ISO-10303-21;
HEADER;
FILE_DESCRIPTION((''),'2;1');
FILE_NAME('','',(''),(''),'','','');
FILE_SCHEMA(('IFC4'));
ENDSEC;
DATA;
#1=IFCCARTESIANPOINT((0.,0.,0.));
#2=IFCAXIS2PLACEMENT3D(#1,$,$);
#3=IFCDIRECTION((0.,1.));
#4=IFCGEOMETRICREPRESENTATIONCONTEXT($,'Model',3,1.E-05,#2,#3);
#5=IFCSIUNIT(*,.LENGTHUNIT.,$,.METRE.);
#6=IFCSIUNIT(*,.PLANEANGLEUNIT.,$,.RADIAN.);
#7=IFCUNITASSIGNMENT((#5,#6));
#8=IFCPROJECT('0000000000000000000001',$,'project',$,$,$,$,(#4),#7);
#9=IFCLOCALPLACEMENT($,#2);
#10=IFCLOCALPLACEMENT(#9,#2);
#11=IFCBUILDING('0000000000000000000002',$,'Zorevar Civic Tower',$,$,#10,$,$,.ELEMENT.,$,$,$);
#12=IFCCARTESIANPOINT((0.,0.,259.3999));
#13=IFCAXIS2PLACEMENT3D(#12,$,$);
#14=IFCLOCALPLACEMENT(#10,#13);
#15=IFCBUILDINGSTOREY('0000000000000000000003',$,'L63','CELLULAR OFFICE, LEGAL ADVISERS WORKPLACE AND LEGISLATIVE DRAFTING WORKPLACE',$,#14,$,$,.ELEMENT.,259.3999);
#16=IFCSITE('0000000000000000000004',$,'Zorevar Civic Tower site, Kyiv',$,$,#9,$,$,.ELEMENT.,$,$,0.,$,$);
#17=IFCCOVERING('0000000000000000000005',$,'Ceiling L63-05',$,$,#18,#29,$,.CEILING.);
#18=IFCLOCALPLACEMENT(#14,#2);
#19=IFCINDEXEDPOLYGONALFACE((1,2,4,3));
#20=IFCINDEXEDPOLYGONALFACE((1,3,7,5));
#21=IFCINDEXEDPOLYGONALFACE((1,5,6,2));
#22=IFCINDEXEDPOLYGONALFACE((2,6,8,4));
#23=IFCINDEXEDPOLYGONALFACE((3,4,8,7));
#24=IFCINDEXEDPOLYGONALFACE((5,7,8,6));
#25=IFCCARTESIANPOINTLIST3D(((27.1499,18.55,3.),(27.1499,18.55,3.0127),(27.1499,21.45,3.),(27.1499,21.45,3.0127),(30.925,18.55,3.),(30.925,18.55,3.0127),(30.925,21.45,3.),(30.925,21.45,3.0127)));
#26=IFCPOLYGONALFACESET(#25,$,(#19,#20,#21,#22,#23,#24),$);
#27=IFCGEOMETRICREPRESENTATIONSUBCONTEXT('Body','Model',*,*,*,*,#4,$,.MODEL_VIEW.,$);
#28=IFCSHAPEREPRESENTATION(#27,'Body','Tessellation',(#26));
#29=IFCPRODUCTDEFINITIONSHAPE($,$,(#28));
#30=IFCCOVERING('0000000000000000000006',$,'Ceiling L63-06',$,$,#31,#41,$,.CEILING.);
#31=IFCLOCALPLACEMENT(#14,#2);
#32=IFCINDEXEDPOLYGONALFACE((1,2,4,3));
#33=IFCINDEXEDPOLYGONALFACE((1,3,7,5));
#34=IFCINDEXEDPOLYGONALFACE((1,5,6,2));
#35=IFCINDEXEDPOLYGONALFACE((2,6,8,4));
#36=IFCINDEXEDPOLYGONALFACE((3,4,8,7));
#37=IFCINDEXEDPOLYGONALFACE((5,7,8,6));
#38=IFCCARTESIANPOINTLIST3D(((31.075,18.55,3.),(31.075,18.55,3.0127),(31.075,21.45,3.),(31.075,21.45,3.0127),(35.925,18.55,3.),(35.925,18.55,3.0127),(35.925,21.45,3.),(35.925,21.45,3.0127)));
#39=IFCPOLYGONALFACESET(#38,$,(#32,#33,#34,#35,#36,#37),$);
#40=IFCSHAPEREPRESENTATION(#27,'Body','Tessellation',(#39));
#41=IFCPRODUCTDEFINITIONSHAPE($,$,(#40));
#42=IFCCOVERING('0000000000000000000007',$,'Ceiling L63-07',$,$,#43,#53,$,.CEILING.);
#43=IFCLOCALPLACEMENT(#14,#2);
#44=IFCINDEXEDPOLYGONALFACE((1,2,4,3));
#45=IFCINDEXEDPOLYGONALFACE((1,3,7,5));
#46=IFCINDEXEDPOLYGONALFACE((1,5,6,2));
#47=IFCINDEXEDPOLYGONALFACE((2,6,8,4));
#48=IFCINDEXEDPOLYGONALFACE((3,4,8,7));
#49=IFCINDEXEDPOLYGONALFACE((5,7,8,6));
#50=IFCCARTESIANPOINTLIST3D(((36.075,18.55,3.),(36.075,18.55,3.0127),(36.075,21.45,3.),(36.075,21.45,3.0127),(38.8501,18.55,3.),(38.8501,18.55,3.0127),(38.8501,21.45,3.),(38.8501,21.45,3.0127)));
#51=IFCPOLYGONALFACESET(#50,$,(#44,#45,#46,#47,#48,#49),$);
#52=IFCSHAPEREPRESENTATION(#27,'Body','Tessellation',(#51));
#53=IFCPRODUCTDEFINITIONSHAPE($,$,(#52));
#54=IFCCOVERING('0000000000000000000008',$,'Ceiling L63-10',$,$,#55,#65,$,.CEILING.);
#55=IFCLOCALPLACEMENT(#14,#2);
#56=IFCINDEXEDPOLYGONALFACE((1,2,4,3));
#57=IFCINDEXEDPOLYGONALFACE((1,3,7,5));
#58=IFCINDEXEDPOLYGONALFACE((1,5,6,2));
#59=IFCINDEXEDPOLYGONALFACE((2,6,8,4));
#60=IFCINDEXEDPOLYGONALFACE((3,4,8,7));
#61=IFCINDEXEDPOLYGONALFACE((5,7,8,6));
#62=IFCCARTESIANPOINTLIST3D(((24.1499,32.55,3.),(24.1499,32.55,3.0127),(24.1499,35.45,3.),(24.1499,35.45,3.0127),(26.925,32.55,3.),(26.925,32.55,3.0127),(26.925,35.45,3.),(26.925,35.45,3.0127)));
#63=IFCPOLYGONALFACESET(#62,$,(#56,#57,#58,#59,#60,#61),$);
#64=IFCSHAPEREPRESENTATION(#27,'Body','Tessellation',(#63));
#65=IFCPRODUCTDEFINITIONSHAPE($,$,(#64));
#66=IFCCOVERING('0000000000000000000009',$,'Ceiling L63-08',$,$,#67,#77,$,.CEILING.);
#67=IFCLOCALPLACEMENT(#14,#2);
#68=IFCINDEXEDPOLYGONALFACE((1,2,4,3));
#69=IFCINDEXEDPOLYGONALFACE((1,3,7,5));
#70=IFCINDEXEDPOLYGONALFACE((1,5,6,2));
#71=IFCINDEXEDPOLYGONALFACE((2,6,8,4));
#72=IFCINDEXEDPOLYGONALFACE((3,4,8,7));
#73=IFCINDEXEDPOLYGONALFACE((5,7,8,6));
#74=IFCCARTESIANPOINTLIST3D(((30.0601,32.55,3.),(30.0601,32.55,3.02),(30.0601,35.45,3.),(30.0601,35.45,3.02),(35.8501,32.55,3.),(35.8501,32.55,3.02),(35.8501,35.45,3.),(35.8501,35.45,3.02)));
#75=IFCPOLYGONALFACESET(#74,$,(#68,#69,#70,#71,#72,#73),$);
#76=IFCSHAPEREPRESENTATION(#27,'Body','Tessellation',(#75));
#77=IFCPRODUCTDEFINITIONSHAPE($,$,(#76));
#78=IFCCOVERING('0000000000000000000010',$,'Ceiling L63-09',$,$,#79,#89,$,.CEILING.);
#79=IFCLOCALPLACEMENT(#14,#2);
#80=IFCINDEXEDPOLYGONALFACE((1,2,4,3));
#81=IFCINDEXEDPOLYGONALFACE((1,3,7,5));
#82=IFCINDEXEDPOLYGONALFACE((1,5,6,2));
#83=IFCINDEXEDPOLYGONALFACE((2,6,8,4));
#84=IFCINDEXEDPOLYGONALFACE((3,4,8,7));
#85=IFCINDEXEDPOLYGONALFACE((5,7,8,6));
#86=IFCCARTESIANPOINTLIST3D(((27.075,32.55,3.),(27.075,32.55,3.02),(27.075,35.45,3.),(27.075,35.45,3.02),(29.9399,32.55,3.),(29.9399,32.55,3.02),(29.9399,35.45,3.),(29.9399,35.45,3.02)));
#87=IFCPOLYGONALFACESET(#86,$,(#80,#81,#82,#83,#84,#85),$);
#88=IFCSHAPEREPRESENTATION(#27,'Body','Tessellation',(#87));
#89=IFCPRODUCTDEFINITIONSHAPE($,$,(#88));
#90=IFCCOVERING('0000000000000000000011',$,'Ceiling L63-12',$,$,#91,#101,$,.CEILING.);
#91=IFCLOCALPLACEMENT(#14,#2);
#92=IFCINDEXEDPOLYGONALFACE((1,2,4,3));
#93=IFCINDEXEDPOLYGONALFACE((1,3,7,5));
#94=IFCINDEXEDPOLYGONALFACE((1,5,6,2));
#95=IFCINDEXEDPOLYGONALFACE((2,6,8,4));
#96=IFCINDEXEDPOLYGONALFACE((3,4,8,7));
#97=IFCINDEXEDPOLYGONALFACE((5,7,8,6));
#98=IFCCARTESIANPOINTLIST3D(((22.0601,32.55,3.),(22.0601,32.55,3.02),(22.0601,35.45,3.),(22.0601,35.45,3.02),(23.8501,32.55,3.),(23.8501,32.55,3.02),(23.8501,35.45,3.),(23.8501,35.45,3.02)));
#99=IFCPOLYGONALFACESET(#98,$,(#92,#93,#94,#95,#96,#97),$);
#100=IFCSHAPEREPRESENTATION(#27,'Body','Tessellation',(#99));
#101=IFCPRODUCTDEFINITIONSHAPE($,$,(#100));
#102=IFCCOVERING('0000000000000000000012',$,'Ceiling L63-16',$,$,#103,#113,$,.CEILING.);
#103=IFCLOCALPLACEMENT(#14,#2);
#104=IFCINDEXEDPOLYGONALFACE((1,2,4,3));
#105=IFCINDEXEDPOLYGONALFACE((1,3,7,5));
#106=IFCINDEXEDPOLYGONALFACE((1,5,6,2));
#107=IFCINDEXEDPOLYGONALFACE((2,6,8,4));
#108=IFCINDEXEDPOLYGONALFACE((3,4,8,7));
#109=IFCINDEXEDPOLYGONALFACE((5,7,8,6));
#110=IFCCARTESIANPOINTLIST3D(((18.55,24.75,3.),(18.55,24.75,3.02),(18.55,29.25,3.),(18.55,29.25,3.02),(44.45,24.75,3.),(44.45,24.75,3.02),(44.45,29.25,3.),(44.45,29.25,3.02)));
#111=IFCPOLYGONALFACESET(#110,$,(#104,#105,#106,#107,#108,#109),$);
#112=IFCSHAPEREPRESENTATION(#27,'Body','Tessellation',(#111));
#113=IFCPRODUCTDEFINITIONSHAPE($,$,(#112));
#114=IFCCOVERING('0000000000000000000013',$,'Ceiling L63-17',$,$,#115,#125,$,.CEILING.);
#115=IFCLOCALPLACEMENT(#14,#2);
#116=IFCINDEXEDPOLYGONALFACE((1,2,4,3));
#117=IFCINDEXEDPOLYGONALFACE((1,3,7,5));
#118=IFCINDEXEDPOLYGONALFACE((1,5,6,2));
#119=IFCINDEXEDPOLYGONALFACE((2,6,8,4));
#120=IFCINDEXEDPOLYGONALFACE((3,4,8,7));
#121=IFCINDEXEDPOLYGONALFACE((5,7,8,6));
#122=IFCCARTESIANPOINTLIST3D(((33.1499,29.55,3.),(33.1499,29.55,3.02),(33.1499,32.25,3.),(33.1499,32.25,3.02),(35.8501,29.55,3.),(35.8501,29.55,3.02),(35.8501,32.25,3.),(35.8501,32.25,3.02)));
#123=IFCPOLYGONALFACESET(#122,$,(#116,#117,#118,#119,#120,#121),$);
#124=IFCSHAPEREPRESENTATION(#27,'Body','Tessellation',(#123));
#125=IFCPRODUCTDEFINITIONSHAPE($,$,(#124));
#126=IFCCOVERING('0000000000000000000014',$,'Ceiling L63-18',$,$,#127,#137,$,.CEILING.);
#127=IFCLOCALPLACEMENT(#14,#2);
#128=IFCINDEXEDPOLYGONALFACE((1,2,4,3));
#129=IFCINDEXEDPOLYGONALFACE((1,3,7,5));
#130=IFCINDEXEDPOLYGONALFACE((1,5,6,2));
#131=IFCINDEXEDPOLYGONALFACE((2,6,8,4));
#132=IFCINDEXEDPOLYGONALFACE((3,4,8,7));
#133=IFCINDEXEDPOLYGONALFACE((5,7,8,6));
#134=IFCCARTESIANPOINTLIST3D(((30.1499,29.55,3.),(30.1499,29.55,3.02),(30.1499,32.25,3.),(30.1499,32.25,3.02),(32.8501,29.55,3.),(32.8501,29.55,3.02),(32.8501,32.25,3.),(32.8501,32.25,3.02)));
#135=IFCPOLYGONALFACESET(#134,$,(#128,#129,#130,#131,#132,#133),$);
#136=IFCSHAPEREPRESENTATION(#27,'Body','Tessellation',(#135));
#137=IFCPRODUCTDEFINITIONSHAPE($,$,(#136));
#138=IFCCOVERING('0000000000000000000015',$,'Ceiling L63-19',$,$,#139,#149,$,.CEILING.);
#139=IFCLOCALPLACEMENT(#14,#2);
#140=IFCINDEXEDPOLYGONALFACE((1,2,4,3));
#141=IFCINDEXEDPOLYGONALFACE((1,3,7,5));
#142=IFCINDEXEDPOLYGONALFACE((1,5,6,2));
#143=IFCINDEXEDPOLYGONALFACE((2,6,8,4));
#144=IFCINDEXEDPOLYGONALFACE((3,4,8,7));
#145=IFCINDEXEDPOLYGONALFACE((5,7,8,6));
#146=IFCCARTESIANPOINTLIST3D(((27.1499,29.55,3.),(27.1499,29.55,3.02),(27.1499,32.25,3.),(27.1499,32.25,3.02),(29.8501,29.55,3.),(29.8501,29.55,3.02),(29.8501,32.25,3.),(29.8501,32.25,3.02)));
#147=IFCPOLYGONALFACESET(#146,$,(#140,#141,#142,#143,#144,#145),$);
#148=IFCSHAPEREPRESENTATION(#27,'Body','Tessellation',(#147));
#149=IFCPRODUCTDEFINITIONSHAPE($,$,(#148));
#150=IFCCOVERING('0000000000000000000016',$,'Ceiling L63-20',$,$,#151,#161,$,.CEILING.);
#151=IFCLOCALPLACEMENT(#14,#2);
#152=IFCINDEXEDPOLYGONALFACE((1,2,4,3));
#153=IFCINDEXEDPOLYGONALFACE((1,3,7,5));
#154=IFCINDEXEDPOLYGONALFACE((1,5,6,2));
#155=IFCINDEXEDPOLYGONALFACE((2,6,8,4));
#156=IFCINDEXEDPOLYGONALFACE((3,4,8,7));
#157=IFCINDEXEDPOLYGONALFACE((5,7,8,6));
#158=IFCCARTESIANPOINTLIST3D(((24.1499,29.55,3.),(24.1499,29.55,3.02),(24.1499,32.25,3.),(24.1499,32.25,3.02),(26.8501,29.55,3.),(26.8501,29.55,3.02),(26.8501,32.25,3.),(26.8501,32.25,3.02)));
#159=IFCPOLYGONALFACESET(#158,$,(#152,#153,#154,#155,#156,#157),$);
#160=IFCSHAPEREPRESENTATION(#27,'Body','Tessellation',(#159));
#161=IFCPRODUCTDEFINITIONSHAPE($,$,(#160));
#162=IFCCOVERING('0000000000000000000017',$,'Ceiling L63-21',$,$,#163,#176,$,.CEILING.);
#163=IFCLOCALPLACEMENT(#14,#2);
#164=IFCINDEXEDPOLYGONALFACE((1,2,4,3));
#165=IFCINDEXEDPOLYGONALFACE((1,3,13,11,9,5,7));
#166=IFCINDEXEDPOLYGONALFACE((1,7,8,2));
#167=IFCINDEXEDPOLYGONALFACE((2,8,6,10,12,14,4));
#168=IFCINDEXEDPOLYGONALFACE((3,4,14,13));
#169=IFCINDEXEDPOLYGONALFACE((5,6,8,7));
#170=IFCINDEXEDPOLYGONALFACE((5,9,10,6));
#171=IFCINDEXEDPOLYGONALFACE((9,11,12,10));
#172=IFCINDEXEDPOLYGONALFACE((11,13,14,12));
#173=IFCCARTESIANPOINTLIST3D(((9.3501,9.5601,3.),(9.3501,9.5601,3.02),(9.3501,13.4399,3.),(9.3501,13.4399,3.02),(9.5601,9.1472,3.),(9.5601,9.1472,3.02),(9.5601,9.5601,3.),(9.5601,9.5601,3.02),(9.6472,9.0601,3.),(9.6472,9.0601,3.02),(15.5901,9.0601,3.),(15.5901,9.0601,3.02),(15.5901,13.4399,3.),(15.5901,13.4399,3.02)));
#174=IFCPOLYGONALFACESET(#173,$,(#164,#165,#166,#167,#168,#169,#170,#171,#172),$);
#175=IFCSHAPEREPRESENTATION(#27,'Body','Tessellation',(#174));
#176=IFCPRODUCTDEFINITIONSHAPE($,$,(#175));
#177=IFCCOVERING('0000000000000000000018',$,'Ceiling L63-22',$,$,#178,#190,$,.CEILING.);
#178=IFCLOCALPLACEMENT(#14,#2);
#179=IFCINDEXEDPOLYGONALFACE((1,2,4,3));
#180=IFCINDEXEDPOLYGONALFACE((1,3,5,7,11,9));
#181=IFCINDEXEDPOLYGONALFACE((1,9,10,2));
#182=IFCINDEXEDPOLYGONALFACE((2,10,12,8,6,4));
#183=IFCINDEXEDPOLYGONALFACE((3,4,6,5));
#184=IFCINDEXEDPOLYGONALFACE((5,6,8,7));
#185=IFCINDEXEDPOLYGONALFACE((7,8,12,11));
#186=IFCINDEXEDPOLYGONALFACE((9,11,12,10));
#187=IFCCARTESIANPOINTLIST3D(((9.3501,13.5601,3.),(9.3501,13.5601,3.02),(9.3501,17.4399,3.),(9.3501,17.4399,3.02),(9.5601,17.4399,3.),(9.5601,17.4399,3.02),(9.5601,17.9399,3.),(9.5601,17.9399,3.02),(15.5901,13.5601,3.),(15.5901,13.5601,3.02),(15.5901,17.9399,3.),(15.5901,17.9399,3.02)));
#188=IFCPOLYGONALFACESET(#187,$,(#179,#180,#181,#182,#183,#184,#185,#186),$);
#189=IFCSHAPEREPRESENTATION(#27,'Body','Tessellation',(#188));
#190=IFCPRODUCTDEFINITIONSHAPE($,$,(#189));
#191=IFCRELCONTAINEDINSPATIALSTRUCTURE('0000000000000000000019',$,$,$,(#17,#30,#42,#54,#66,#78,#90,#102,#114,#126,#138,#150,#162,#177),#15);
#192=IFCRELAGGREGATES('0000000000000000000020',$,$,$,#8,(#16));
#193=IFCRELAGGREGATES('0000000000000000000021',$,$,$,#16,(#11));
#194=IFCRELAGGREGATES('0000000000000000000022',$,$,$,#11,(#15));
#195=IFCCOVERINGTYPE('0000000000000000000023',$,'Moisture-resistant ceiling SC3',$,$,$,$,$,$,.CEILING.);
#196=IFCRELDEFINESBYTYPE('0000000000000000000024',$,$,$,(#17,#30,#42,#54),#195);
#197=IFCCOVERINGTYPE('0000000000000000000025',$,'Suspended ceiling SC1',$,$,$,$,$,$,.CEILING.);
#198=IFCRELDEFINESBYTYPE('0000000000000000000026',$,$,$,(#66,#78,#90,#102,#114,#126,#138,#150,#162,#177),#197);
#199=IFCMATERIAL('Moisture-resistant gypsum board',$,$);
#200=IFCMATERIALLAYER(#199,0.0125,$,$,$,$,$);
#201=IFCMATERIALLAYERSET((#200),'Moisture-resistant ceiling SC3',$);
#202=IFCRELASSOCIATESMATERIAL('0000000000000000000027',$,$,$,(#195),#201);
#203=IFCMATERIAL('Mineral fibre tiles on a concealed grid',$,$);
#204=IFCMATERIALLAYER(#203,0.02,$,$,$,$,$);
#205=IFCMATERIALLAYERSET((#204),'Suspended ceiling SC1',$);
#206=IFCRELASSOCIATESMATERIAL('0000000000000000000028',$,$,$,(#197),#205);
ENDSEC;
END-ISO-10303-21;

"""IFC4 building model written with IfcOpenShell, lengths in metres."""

from ifc_helpers import new_model, si_unit, direction, frame, origin, place, context, subcontext, project, spatial, polyline, outline, extrude, material, layer, layer_set, type_object, element, save


model = new_model("IFC4")

# Units and contexts
model_context = context("Model", 3, precision=1e-05, world=origin(), true_north=direction((0.0, 1.0)))
body_context = subcontext(model_context, "Body", "Model", "MODEL_VIEW")
ifc_project = project(units=[si_unit("LENGTHUNIT", "METRE"), si_unit("PLANEANGLEUNIT", "RADIAN")], contexts=[model_context])

# Site, building, storey
site_placement = place(None, origin())
site = spatial("IfcSite", under=ifc_project, at=site_placement, Name="Zorevar Civic Tower site, Kyiv", CompositionType="ELEMENT", RefElevation=0.0)
building_placement = place(site_placement, origin())
building = spatial("IfcBuilding", under=site, at=building_placement, Name="Zorevar Civic Tower", CompositionType="ELEMENT")
storey_placement = place(building_placement, frame((0.0, 0.0, 259.3999)))
storey = spatial("IfcBuildingStorey", under=building, at=storey_placement, Name="L63", Description="CELLULAR OFFICE, LEGAL ADVISERS WORKPLACE AND LEGISLATIVE DRAFTING WORKPLACE", CompositionType="ELEMENT", Elevation=259.3999)

# Coverings
ifc_material_1 = material(Name="Moisture-resistant gypsum board")
ifc_layer_1 = layer(ifc_material_1, 0.0125)
ifc_layer_set_1 = layer_set([ifc_layer_1], Name="Moisture-resistant ceiling SC3")
covering_type_1 = type_object("IfcCoveringType", Name="Moisture-resistant ceiling SC3", PredefinedType="CEILING", material=ifc_layer_set_1)
covering_1_placement = place(storey_placement, frame((0.0, 0.0, 3.0)))
element("IfcCovering", 1, at=covering_1_placement, inside=storey, type_object=covering_type_1, Name="Ceiling L63-05", PredefinedType="CEILING", context=body_context, shape_type="SweptSolid", body=[
    extrude(outline(polyline([(30.925, 18.55), (30.925, 21.45), (27.1499, 21.45), (27.1499, 18.55), (30.925, 18.55)])), origin(), (0.0, 0.0, 1.0), 0.0127),
])
covering_2_placement = place(storey_placement, frame((0.0, 0.0, 3.0)))
element("IfcCovering", 2, at=covering_2_placement, inside=storey, type_object=covering_type_1, Name="Ceiling L63-06", PredefinedType="CEILING", context=body_context, shape_type="SweptSolid", body=[
    extrude(outline(polyline([(35.925, 18.55), (35.925, 21.45), (31.075, 21.45), (31.075, 18.55), (35.925, 18.55)])), origin(), (0.0, 0.0, 1.0), 0.0127),
])
covering_3_placement = place(storey_placement, frame((0.0, 0.0, 3.0)))
element("IfcCovering", 3, at=covering_3_placement, inside=storey, type_object=covering_type_1, Name="Ceiling L63-07", PredefinedType="CEILING", context=body_context, shape_type="SweptSolid", body=[
    extrude(outline(polyline([(38.8501, 18.55), (38.8501, 21.45), (36.075, 21.45), (36.075, 18.55), (38.8501, 18.55)])), origin(), (0.0, 0.0, 1.0), 0.0127),
])
covering_4_placement = place(storey_placement, frame((0.0, 0.0, 3.0)))
element("IfcCovering", 4, at=covering_4_placement, inside=storey, type_object=covering_type_1, Name="Ceiling L63-10", PredefinedType="CEILING", context=body_context, shape_type="SweptSolid", body=[
    extrude(outline(polyline([(26.925, 32.55), (26.925, 35.45), (24.1499, 35.45), (24.1499, 32.55), (26.925, 32.55)])), origin(), (0.0, 0.0, 1.0), 0.0127),
])
ifc_material_2 = material(Name="Mineral fibre tiles on a concealed grid")
ifc_layer_2 = layer(ifc_material_2, 0.02)
ifc_layer_set_2 = layer_set([ifc_layer_2], Name="Suspended ceiling SC1")
covering_type_2 = type_object("IfcCoveringType", Name="Suspended ceiling SC1", PredefinedType="CEILING", material=ifc_layer_set_2)
covering_5_placement = place(storey_placement, frame((0.0, 0.0, 3.0)))
element("IfcCovering", 5, at=covering_5_placement, inside=storey, type_object=covering_type_2, Name="Ceiling L63-08", PredefinedType="CEILING", context=body_context, shape_type="SweptSolid", body=[
    extrude(outline(polyline([(35.8501, 32.55), (35.8501, 35.45), (30.0601, 35.45), (30.0601, 32.55), (35.8501, 32.55)])), origin(), (0.0, 0.0, 1.0), 0.02),
])
covering_6_placement = place(storey_placement, frame((0.0, 0.0, 3.0)))
element("IfcCovering", 6, at=covering_6_placement, inside=storey, type_object=covering_type_2, Name="Ceiling L63-09", PredefinedType="CEILING", context=body_context, shape_type="SweptSolid", body=[
    extrude(outline(polyline([(29.9399, 32.55), (29.9399, 35.45), (27.075, 35.45), (27.075, 32.55), (29.9399, 32.55)])), origin(), (0.0, 0.0, 1.0), 0.02),
])
covering_7_placement = place(storey_placement, frame((0.0, 0.0, 3.0)))
element("IfcCovering", 7, at=covering_7_placement, inside=storey, type_object=covering_type_2, Name="Ceiling L63-12", PredefinedType="CEILING", context=body_context, shape_type="SweptSolid", body=[
    extrude(outline(polyline([(23.8501, 32.55), (23.8501, 35.45), (22.0601, 35.45), (22.0601, 32.55), (23.8501, 32.55)])), origin(), (0.0, 0.0, 1.0), 0.02),
])
covering_8_placement = place(storey_placement, frame((0.0, 0.0, 3.0)))
element("IfcCovering", 8, at=covering_8_placement, inside=storey, type_object=covering_type_2, Name="Ceiling L63-16", PredefinedType="CEILING", context=body_context, shape_type="SweptSolid", body=[
    extrude(outline(polyline([(44.45, 24.75), (44.45, 29.25), (18.55, 29.25), (18.55, 24.75), (44.45, 24.75)])), origin(), (0.0, 0.0, 1.0), 0.02),
])
covering_9_placement = place(storey_placement, frame((0.0, 0.0, 3.0)))
element("IfcCovering", 9, at=covering_9_placement, inside=storey, type_object=covering_type_2, Name="Ceiling L63-17", PredefinedType="CEILING", context=body_context, shape_type="SweptSolid", body=[
    extrude(outline(polyline([(35.8501, 29.55), (35.8501, 32.25), (33.1499, 32.25), (33.1499, 29.55), (35.8501, 29.55)])), origin(), (0.0, 0.0, 1.0), 0.02),
])
covering_10_placement = place(storey_placement, frame((0.0, 0.0, 3.0)))
element("IfcCovering", 10, at=covering_10_placement, inside=storey, type_object=covering_type_2, Name="Ceiling L63-18", PredefinedType="CEILING", context=body_context, shape_type="SweptSolid", body=[
    extrude(outline(polyline([(32.8501, 29.55), (32.8501, 32.25), (30.1499, 32.25), (30.1499, 29.55), (32.8501, 29.55)])), origin(), (0.0, 0.0, 1.0), 0.02),
])
covering_11_placement = place(storey_placement, frame((0.0, 0.0, 3.0)))
element("IfcCovering", 11, at=covering_11_placement, inside=storey, type_object=covering_type_2, Name="Ceiling L63-19", PredefinedType="CEILING", context=body_context, shape_type="SweptSolid", body=[
    extrude(outline(polyline([(29.8501, 29.55), (29.8501, 32.25), (27.1499, 32.25), (27.1499, 29.55), (29.8501, 29.55)])), origin(), (0.0, 0.0, 1.0), 0.02),
])
covering_12_placement = place(storey_placement, frame((0.0, 0.0, 3.0)))
element("IfcCovering", 12, at=covering_12_placement, inside=storey, type_object=covering_type_2, Name="Ceiling L63-20", PredefinedType="CEILING", context=body_context, shape_type="SweptSolid", body=[
    extrude(outline(polyline([(26.8501, 29.55), (26.8501, 32.25), (24.1499, 32.25), (24.1499, 29.55), (26.8501, 29.55)])), origin(), (0.0, 0.0, 1.0), 0.02),
])
covering_13_placement = place(storey_placement, frame((0.0, 0.0, 3.0)))
element("IfcCovering", 13, at=covering_13_placement, inside=storey, type_object=covering_type_2, Name="Ceiling L63-21", PredefinedType="CEILING", context=body_context, shape_type="SweptSolid", body=[
    extrude(outline(polyline([(9.6472, 9.0601), (9.5601, 9.1472), (9.5601, 9.5601), (9.3501, 9.5601), (9.3501, 13.4399), (15.5901, 13.4399), (15.5901, 9.0601), (9.6472, 9.0601)])), origin(), (0.0, 0.0, 1.0), 0.02),
])
covering_14_placement = place(storey_placement, frame((0.0, 0.0, 3.0)))
element("IfcCovering", 14, at=covering_14_placement, inside=storey, type_object=covering_type_2, Name="Ceiling L63-22", PredefinedType="CEILING", context=body_context, shape_type="SweptSolid", body=[
    extrude(outline(polyline([(15.5901, 13.5601), (9.3501, 13.5601), (9.3501, 17.4399), (9.5601, 17.4399), (9.5601, 17.9399), (15.5901, 17.9399), (15.5901, 13.5601)])), origin(), (0.0, 0.0, 1.0), 0.02),
])

save(model, "model.ifc")
